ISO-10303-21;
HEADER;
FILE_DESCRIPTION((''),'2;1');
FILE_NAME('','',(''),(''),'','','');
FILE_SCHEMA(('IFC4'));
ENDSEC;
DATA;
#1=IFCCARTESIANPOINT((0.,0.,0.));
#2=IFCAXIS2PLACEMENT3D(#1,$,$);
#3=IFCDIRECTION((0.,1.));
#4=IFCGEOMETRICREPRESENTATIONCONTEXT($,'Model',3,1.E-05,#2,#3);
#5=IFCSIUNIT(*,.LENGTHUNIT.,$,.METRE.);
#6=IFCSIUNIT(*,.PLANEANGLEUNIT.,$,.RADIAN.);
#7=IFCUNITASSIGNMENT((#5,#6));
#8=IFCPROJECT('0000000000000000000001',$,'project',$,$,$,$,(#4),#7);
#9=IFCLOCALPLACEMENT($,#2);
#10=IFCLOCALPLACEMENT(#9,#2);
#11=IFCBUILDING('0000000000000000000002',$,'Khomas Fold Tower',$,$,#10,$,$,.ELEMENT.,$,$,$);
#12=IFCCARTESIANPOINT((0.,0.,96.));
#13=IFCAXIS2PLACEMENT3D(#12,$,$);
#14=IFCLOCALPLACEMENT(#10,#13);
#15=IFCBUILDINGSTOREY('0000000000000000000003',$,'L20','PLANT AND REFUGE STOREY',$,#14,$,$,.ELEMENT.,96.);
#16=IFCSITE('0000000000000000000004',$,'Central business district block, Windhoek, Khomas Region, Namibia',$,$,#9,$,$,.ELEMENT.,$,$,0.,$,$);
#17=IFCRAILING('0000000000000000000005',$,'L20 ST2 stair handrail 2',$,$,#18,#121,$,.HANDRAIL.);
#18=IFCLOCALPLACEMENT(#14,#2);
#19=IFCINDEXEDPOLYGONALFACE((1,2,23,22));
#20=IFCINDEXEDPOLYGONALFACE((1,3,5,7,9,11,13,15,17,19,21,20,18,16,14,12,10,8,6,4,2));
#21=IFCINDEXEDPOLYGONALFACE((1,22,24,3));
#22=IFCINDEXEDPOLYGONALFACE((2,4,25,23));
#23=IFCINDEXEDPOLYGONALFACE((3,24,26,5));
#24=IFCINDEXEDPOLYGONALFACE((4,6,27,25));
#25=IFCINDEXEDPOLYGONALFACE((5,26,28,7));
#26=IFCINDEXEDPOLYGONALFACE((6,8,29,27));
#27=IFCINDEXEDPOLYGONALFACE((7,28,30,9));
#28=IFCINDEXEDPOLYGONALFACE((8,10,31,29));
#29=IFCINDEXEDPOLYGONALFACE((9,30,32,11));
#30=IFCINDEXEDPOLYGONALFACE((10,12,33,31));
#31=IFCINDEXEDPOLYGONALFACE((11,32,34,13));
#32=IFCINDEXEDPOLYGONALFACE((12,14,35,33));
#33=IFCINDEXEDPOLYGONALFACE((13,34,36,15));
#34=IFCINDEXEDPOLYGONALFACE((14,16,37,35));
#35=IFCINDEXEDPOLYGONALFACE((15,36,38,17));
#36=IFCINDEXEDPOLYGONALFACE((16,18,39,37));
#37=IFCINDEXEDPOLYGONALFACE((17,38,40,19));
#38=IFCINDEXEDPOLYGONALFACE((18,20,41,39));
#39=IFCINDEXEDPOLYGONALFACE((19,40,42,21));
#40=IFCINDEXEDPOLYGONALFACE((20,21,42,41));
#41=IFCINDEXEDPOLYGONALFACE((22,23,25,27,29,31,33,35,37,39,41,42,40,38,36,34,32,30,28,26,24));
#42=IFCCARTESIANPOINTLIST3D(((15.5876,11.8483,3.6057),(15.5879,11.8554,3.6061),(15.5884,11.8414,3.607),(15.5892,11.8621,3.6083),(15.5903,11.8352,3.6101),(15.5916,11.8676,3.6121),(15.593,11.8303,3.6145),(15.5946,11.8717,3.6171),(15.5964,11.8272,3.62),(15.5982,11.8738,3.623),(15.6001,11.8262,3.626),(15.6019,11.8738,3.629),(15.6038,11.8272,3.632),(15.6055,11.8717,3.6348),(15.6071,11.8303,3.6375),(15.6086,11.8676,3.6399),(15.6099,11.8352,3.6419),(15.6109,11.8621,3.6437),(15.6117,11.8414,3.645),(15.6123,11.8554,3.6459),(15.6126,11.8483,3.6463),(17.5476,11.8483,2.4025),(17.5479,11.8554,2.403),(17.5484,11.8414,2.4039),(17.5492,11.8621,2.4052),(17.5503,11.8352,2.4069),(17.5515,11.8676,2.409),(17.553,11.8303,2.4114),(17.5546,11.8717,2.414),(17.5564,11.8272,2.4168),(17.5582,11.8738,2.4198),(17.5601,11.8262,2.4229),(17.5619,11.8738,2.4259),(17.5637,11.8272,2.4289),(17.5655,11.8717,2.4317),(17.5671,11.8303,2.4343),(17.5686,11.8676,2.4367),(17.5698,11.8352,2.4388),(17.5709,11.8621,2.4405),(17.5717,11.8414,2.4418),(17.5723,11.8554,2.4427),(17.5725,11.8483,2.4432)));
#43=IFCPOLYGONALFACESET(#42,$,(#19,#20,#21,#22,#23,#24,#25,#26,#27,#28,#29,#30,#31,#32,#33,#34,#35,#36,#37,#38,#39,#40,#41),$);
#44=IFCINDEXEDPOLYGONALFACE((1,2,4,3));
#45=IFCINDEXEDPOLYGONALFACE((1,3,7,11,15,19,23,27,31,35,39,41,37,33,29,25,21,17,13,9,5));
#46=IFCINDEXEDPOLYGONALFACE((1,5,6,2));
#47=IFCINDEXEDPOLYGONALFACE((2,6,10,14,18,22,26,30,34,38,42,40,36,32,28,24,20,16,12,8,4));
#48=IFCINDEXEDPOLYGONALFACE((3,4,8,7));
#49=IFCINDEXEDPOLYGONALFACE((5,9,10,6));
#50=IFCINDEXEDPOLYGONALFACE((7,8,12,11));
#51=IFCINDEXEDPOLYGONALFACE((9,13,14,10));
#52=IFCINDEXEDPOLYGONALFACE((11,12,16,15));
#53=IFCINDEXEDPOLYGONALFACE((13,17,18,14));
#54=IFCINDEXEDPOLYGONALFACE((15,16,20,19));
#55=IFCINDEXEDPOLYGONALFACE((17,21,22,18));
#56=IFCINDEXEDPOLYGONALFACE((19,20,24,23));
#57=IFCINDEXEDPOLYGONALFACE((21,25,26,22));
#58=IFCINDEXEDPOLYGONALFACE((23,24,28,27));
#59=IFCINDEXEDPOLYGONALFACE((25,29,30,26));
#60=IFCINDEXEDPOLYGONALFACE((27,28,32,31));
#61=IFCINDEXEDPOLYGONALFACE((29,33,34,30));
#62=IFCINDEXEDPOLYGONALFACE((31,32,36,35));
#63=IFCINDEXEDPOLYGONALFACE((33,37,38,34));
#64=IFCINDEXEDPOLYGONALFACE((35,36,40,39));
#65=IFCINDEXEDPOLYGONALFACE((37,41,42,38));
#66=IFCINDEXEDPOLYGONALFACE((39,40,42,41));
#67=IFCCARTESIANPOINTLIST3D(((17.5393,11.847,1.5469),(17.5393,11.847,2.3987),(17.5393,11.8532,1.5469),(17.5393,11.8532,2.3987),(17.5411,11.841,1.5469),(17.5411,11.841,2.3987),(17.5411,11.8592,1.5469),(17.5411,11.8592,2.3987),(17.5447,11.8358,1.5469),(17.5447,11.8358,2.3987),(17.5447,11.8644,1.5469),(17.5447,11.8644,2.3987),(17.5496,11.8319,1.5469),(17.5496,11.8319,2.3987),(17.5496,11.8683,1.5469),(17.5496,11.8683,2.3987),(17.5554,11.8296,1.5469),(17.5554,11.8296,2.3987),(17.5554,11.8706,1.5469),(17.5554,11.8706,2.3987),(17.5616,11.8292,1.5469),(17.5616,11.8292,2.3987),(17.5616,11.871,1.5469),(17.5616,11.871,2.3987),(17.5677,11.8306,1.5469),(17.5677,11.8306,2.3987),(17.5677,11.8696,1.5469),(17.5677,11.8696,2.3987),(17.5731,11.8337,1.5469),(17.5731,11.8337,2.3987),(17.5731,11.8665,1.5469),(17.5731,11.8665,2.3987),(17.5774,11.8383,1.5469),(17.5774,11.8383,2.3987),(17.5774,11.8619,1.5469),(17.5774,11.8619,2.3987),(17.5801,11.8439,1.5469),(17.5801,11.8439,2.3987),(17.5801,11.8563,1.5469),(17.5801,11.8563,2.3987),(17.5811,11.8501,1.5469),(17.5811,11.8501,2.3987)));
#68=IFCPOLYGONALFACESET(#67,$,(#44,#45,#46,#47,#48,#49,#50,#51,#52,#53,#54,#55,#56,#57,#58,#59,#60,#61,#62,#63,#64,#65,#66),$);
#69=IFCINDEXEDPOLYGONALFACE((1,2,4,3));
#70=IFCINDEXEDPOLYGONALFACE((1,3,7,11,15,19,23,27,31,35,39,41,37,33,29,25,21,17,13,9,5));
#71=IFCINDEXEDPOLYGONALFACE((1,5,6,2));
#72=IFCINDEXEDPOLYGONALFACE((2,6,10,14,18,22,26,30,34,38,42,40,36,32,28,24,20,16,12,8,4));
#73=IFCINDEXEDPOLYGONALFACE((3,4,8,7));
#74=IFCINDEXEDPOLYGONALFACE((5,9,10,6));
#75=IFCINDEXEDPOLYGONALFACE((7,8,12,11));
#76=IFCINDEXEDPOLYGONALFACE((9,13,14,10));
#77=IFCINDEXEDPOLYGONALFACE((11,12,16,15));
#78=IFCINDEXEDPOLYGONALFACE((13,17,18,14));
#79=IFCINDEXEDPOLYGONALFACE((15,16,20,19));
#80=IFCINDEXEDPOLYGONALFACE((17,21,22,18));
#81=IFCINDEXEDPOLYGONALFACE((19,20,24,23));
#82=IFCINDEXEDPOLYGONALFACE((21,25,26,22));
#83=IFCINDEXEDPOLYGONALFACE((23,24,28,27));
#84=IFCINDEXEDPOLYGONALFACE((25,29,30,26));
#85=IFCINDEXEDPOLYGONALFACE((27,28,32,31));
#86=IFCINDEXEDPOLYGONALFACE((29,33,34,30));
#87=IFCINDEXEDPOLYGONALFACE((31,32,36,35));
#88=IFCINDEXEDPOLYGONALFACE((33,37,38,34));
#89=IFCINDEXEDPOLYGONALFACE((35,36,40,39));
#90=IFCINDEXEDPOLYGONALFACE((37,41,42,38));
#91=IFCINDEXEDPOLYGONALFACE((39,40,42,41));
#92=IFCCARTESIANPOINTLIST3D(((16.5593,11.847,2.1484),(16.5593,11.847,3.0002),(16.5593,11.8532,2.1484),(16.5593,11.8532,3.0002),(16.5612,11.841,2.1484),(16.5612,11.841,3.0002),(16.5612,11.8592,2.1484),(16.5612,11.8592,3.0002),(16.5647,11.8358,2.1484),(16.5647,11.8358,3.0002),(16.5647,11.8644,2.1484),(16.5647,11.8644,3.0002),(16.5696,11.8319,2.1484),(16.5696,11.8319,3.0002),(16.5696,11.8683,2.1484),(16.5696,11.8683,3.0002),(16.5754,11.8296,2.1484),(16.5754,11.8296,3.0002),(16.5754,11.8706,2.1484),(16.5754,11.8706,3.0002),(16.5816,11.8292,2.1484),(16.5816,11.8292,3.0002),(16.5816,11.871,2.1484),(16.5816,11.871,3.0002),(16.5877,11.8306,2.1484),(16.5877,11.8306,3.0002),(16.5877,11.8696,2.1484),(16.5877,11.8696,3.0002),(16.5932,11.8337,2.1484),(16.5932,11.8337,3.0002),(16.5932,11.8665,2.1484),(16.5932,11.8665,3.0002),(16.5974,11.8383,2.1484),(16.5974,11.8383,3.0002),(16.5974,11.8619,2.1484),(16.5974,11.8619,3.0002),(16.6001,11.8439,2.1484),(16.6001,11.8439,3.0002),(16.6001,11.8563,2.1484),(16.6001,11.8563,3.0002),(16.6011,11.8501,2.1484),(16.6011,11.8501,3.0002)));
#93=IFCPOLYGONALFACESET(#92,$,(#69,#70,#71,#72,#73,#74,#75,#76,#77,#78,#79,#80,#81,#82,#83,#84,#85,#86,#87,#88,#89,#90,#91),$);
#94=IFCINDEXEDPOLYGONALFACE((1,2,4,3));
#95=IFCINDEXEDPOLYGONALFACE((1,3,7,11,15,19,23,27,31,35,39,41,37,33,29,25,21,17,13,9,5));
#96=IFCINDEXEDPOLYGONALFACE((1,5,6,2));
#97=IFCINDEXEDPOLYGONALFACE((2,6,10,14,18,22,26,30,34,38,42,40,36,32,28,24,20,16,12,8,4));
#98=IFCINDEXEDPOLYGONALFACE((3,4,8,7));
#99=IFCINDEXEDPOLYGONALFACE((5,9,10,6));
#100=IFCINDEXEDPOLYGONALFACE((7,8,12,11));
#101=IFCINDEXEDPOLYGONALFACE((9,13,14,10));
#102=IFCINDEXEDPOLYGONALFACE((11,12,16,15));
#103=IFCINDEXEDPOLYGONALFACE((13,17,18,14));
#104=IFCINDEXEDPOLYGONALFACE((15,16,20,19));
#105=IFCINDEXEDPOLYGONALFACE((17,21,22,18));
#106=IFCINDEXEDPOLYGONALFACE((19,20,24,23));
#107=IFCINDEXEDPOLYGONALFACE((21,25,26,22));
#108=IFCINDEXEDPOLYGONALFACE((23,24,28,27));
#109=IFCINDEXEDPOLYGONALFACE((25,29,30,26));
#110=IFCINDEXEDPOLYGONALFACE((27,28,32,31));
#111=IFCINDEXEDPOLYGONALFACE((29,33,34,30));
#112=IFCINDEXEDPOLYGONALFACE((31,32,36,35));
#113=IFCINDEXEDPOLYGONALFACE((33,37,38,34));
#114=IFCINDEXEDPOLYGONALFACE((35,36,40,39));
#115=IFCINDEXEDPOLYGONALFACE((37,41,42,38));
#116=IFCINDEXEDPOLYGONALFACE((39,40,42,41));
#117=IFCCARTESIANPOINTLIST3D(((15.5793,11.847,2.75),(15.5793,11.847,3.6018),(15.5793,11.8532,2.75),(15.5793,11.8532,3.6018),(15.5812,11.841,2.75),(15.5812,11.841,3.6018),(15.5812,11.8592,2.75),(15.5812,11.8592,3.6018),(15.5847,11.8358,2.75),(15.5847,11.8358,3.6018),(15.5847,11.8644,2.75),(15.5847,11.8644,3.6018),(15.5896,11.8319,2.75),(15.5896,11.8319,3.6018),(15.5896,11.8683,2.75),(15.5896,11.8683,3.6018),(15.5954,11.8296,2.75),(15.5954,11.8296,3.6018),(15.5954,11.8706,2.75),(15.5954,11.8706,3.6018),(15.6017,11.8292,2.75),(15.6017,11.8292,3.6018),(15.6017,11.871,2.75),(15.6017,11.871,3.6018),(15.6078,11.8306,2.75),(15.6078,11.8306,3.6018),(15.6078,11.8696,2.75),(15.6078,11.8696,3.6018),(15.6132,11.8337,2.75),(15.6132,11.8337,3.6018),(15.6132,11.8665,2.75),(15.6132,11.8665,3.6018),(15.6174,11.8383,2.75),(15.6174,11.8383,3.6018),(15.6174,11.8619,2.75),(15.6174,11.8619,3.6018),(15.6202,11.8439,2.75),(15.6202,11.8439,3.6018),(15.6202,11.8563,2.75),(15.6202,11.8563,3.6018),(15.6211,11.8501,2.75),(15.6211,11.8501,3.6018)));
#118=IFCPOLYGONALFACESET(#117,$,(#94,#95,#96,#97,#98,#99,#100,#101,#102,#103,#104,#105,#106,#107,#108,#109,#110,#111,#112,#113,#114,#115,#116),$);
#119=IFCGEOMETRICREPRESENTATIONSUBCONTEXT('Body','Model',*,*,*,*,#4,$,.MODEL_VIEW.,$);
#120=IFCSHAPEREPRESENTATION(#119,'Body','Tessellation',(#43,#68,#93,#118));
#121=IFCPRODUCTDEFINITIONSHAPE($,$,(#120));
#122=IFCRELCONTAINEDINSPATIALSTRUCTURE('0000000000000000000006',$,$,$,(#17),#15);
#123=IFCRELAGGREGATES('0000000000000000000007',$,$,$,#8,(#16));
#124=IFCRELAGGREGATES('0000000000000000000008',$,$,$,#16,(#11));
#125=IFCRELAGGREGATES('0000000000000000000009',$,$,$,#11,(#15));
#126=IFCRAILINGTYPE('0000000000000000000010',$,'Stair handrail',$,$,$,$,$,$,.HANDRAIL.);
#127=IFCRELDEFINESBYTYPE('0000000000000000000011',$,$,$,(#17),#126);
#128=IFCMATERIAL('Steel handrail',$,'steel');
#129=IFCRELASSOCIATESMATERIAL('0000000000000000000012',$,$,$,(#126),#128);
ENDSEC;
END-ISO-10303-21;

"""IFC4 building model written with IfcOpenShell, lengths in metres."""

from ifc_helpers import new_model, si_unit, direction, frame, origin, origin_2d, place, context, subcontext, project, spatial, circle, extrude, source, transform, mapped, material, type_object, element, save


model = new_model("IFC4")

# Units and contexts
model_context = context("Model", 3, precision=1e-05, world=origin(), true_north=direction((0.0, 1.0)))
body_context = subcontext(model_context, "Body", "Model", "MODEL_VIEW")
ifc_project = project(units=[si_unit("LENGTHUNIT", "METRE"), si_unit("PLANEANGLEUNIT", "RADIAN")], contexts=[model_context])

# Site, building, storey
site_placement = place(None, origin())
site = spatial("IfcSite", under=ifc_project, at=site_placement, Name="Central business district block, Windhoek, Khomas Region, Namibia", CompositionType="ELEMENT", RefElevation=0.0)
building_placement = place(site_placement, origin())
building = spatial("IfcBuilding", under=site, at=building_placement, Name="Khomas Fold Tower", CompositionType="ELEMENT")
storey_placement = place(building_placement, frame((0.0, 0.0, 96.0)))
storey = spatial("IfcBuildingStorey", under=building, at=storey_placement, Name="L20", Description="PLANT AND REFUGE STOREY", CompositionType="ELEMENT", Elevation=96.0)

# Railing
ifc_material_1 = material(Name="Steel handrail", Category="steel")
railing_type_1 = type_object("IfcRailingType", Name="Stair handrail", PredefinedType="HANDRAIL", material=ifc_material_1)
shared_shape_1 = source(origin(), body_context, "Body", "SweptSolid", [
    extrude(circle(Radius=0.0239, at=origin_2d()), frame((0.0, 0.0, 0.876), z_axis=(-0.852241, 0.0, 0.523149), x_axis=(0.0, -1.0, 0.0)), (0.0, 0.0, 1.0), 2.2998),
    extrude(circle(Radius=0.021, at=origin_2d()), origin(), (0.0, 0.0, 1.0), 0.8518),
    extrude(circle(Radius=0.021, at=origin_2d()), frame((-0.98, 0.0, 0.6016)), (0.0, 0.0, 1.0), 0.8518),
    extrude(circle(Radius=0.021, at=origin_2d()), frame((-1.96, 0.0, 1.2031)), (0.0, 0.0, 1.0), 0.8518),
])
for number, where, name in (
    (1, (17.5601, 11.8501, 1.5469), "L20 ST2 stair handrail 2"),
):
    element("IfcRailing", number, at=place(storey_placement, frame(where)), inside=storey, type_object=railing_type_1, Name=name, PredefinedType="HANDRAIL", context=body_context, shape_type="MappedRepresentation", body=[
        mapped(shared_shape_1, transform((0.0, 0.0, 0.0))),
    ])

save(model, "model.ifc")
